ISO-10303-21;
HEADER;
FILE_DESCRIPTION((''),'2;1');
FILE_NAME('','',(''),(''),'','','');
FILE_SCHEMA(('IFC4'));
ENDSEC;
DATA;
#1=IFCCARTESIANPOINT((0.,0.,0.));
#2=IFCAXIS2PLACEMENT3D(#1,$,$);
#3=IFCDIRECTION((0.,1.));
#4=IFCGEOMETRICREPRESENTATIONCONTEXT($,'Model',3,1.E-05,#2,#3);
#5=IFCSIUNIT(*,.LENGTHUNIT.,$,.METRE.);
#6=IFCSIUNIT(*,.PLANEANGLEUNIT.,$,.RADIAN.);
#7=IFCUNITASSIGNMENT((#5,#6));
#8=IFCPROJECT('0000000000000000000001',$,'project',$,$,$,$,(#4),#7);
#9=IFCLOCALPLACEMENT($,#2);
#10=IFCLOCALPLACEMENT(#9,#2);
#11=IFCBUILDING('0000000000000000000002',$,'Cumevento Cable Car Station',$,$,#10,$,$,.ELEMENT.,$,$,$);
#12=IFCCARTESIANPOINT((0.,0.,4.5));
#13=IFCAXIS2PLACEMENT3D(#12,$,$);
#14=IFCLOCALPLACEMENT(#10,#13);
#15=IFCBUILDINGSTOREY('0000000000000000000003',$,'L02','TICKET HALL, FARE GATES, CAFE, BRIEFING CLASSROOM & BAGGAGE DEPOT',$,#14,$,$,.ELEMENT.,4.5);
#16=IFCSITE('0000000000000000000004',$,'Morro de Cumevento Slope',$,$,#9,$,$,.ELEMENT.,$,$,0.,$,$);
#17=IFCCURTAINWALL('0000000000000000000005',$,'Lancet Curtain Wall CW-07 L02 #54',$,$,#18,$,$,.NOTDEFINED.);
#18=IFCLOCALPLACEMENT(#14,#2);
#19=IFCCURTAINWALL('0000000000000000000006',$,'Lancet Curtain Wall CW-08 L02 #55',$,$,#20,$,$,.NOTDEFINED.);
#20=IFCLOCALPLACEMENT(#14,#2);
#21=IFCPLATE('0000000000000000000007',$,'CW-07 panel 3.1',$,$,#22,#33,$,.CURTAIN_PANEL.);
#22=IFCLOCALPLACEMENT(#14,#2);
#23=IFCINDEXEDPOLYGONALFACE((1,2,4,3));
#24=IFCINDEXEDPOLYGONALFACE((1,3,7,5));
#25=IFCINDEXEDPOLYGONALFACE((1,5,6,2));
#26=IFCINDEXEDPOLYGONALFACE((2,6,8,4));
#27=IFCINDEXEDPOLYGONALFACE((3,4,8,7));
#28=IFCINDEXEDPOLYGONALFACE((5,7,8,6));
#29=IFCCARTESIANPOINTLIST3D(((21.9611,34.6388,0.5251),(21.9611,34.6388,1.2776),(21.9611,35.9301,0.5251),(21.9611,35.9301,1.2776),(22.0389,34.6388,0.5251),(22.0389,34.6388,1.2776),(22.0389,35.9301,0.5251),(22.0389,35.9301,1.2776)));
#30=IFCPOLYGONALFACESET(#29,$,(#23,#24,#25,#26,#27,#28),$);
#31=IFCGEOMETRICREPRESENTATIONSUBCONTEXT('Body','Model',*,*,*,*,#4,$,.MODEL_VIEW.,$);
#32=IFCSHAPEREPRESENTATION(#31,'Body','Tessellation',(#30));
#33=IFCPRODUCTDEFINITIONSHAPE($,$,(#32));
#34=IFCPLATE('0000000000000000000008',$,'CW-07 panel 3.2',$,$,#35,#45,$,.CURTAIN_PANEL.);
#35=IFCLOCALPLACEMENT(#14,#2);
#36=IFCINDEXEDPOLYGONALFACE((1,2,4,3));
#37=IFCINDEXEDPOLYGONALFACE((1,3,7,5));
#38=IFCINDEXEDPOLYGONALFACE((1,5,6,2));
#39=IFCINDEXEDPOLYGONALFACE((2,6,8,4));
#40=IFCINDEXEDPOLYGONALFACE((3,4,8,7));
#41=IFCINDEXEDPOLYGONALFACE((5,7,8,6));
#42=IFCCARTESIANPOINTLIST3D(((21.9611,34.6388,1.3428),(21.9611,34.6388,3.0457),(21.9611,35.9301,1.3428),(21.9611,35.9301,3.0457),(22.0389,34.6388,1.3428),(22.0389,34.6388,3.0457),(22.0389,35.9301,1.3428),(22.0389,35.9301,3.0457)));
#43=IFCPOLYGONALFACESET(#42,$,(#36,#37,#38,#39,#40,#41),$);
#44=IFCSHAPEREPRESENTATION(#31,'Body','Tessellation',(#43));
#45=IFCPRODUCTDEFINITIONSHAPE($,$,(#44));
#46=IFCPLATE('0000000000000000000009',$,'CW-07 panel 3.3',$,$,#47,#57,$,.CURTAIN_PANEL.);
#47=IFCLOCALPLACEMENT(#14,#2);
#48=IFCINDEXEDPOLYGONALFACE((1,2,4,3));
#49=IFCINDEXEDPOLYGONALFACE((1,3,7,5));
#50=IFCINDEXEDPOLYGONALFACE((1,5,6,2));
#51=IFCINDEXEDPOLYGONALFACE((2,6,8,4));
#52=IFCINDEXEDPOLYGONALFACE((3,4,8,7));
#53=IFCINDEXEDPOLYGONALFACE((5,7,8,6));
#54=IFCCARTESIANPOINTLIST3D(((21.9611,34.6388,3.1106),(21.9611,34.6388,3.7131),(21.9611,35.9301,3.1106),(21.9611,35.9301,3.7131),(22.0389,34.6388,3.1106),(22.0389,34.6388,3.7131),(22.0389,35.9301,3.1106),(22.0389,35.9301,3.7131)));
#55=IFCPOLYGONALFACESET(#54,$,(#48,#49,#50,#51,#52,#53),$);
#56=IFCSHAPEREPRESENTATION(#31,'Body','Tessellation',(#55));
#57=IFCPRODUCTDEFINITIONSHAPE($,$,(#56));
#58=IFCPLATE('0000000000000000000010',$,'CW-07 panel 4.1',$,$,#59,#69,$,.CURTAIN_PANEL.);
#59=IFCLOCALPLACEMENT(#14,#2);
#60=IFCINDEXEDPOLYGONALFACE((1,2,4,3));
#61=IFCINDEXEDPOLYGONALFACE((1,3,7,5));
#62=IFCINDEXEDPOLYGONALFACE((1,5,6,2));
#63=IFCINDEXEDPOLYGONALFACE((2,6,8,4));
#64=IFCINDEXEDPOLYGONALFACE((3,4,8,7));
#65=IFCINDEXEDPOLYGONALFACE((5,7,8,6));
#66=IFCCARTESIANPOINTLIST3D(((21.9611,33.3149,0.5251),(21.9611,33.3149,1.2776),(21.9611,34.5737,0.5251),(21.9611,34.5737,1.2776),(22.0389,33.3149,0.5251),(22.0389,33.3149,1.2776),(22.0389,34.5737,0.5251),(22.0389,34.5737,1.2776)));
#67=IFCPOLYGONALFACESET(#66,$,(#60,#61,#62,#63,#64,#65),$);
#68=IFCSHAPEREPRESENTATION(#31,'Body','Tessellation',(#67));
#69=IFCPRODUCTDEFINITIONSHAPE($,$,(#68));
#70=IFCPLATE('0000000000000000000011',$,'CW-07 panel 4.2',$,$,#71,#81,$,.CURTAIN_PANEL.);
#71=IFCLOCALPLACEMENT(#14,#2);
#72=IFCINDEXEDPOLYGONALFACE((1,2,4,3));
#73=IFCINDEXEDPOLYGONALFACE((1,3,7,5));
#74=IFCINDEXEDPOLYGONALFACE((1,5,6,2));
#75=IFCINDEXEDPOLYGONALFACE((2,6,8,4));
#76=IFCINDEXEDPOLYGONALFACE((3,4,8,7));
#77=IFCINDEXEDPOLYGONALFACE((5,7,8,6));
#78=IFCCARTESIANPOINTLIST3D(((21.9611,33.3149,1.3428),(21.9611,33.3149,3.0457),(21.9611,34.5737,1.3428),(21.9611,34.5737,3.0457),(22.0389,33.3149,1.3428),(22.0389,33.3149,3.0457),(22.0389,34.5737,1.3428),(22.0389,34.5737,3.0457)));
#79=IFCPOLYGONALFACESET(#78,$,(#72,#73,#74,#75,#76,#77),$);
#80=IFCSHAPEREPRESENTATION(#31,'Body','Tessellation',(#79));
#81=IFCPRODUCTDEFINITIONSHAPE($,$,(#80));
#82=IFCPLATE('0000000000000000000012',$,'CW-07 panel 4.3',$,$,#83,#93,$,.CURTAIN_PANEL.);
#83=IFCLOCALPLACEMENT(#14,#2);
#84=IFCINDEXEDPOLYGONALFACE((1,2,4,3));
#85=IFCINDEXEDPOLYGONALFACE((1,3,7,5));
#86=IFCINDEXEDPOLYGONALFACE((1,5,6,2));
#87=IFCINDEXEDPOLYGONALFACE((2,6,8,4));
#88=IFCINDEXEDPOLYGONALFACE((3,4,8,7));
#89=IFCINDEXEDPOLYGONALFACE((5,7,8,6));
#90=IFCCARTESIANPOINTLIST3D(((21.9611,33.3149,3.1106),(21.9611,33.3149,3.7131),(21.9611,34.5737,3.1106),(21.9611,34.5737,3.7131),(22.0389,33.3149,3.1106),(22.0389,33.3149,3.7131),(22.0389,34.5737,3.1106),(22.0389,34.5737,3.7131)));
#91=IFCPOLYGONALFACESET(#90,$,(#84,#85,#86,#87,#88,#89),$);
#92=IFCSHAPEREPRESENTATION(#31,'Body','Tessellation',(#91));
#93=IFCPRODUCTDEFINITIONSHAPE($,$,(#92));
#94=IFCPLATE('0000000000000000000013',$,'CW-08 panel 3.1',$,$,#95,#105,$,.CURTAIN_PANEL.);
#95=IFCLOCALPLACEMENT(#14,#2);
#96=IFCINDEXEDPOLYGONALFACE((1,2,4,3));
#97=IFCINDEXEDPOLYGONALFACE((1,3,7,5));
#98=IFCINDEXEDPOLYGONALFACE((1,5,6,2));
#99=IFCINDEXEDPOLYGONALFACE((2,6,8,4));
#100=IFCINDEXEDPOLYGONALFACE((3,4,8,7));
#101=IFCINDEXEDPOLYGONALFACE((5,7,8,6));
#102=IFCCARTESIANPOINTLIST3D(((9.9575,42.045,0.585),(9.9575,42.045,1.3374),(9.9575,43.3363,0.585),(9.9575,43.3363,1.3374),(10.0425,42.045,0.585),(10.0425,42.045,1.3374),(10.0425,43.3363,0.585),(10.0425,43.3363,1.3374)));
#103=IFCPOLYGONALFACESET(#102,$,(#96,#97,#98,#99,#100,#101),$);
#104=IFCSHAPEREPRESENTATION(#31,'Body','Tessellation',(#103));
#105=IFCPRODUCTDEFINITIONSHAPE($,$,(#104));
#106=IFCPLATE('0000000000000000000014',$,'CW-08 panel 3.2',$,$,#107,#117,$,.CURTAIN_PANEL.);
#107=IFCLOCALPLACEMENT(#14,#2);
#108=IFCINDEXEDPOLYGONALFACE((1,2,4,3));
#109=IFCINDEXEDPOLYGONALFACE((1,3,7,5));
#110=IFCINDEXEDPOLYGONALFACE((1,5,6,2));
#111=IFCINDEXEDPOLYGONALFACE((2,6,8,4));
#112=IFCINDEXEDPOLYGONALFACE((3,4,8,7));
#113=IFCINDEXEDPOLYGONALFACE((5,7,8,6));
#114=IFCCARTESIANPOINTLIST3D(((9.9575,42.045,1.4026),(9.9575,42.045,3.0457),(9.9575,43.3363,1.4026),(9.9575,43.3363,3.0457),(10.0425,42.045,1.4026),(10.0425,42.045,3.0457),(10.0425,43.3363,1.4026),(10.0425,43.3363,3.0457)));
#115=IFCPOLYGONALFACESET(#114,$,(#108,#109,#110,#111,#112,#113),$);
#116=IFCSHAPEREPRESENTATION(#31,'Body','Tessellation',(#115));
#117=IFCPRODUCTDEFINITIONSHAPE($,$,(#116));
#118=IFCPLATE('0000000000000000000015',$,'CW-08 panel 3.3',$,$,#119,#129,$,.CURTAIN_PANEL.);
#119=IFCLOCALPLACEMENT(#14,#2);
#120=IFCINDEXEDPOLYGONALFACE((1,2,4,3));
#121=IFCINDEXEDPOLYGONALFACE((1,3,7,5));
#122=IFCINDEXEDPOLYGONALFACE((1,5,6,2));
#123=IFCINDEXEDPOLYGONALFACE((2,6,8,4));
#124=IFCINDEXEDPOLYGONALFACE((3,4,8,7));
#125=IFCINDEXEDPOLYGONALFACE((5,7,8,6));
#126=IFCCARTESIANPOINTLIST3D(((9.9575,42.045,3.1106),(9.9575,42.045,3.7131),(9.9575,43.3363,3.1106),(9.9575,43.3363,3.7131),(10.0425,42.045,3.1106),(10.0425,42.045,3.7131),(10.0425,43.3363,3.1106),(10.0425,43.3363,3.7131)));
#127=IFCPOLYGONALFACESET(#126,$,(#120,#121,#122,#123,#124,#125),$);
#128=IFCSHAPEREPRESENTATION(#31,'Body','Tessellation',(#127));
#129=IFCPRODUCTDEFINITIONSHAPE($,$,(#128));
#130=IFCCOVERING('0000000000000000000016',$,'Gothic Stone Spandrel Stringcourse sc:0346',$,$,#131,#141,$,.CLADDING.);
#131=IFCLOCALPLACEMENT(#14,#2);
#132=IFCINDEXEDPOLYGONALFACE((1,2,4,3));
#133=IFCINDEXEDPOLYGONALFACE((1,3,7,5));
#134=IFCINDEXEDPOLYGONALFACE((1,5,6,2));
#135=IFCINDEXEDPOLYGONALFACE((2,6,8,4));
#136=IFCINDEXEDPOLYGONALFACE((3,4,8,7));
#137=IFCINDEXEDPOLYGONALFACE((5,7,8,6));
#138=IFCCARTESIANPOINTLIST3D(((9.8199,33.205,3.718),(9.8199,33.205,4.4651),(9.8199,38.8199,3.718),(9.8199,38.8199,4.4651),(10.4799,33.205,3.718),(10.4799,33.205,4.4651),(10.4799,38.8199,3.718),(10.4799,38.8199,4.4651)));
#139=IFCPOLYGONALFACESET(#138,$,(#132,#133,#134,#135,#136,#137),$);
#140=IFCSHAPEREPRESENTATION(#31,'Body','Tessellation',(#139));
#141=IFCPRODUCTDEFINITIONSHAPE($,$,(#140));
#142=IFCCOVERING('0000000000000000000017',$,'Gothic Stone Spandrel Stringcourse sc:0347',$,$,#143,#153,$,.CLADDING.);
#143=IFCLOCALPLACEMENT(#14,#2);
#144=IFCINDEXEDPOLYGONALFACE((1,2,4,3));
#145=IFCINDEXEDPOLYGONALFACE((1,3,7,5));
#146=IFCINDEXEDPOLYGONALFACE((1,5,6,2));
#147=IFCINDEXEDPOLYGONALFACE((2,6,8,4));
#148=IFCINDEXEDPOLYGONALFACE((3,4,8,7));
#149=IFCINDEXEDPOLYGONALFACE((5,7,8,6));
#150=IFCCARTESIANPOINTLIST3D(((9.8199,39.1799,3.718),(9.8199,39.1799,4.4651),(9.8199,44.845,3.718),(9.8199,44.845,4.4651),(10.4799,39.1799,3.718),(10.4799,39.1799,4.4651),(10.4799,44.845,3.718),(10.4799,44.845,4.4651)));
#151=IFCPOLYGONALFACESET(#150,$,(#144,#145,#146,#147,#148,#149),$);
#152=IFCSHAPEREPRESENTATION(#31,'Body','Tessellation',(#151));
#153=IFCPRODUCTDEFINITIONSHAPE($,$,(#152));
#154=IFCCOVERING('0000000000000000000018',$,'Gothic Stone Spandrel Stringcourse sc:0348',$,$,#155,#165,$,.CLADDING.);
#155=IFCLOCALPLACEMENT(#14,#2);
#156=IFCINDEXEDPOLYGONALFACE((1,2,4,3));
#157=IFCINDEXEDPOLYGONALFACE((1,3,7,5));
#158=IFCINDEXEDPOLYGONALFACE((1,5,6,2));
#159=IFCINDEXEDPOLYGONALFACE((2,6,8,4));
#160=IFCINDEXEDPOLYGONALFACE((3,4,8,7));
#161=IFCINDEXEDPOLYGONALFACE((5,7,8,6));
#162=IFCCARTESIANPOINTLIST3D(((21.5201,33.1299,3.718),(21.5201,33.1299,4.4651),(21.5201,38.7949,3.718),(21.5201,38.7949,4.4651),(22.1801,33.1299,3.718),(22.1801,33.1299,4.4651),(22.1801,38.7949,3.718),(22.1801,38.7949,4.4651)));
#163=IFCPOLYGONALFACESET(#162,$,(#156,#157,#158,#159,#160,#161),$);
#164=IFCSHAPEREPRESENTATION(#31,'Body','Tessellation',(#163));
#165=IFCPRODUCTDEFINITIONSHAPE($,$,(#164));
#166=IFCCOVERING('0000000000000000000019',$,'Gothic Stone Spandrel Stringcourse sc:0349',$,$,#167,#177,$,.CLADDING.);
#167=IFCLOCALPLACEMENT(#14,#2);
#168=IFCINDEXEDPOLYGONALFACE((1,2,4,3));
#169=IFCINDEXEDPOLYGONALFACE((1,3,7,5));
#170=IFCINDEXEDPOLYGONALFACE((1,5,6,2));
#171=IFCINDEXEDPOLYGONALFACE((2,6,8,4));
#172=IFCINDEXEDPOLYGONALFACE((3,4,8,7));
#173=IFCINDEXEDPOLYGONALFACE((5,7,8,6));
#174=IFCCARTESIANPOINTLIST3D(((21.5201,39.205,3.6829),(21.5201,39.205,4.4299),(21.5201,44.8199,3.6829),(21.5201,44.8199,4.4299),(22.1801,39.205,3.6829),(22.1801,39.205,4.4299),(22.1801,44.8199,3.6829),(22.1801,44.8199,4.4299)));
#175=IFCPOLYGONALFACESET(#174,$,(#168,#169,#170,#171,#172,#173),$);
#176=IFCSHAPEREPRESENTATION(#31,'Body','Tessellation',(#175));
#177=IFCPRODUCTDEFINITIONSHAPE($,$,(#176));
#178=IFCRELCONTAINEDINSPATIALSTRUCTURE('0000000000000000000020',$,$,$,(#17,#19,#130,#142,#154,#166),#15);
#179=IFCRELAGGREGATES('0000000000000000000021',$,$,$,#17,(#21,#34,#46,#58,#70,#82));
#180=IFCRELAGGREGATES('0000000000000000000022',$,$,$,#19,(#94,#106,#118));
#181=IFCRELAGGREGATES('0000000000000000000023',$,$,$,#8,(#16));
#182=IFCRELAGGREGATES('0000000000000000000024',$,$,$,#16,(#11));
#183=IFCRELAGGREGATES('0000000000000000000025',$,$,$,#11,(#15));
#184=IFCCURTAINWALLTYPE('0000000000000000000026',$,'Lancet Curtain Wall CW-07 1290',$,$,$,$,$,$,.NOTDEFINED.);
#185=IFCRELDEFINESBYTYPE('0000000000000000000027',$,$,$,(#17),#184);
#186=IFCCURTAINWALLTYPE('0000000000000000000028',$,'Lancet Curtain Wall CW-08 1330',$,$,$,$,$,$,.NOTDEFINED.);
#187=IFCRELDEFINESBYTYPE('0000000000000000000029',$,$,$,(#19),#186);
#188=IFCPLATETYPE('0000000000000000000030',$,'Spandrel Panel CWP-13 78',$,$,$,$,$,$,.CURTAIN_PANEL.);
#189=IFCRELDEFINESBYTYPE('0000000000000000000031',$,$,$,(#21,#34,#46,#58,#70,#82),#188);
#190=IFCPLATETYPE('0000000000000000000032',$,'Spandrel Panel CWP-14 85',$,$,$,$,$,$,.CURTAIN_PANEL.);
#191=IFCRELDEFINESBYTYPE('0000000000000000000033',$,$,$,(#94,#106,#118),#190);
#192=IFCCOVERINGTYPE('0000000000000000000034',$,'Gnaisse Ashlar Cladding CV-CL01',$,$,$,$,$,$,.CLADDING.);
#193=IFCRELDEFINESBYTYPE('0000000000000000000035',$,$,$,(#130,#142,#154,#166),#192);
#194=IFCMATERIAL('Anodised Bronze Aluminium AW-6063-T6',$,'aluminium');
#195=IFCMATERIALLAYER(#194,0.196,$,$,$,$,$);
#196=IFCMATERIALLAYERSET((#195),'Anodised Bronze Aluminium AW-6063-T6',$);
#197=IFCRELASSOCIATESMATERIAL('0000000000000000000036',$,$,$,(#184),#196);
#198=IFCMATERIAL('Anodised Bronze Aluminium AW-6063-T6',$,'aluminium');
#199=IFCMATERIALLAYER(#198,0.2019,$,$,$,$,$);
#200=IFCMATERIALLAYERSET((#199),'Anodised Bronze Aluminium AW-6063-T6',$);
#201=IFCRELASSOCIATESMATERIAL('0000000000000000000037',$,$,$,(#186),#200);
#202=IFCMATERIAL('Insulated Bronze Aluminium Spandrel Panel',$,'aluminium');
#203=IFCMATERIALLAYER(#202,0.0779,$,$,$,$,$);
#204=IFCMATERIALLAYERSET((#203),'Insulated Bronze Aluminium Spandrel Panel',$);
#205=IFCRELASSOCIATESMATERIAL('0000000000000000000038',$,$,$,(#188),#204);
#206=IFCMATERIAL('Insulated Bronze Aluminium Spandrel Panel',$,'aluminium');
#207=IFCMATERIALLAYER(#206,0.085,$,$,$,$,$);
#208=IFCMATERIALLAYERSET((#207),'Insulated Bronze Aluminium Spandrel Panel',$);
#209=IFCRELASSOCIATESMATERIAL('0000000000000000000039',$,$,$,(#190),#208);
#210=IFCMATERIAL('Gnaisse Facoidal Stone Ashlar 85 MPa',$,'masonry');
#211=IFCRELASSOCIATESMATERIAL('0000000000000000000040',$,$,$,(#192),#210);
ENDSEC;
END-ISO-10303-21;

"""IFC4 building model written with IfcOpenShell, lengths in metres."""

from ifc_helpers import new_model, si_unit, direction, frame, origin, origin_2d, place, context, subcontext, project, spatial, rectangle, extrude, material, layer, layer_set, type_object, element, aggregate, save


model = new_model("IFC4")

# Units and contexts
model_context = context("Model", 3, precision=1e-05, world=origin(), true_north=direction((0.0, 1.0)))
body_context = subcontext(model_context, "Body", "Model", "MODEL_VIEW")
ifc_project = project(units=[si_unit("LENGTHUNIT", "METRE"), si_unit("PLANEANGLEUNIT", "RADIAN")], contexts=[model_context])

# Site, building, storey
site_placement = place(None, origin())
site = spatial("IfcSite", under=ifc_project, at=site_placement, Name="Morro de Cumevento Slope", CompositionType="ELEMENT", RefElevation=0.0)
building_placement = place(site_placement, origin())
building = spatial("IfcBuilding", under=site, at=building_placement, Name="Cumevento Cable Car Station", CompositionType="ELEMENT")
storey_placement = place(building_placement, frame((0.0, 0.0, 4.5)))
storey = spatial("IfcBuildingStorey", under=building, at=storey_placement, Name="L02", Description="TICKET HALL, FARE GATES, CAFE, BRIEFING CLASSROOM & BAGGAGE DEPOT", CompositionType="ELEMENT", Elevation=4.5)

# Curtain walls
ifc_material_1 = material(Name="Anodised Bronze Aluminium AW-6063-T6", Category="aluminium")
ifc_layer_1 = layer(ifc_material_1, 0.196)
ifc_layer_set_1 = layer_set([ifc_layer_1], Name="Anodised Bronze Aluminium AW-6063-T6")
curtain_wall_type_1 = type_object("IfcCurtainWallType", Name="Lancet Curtain Wall CW-07 1290", PredefinedType="NOTDEFINED", material=ifc_layer_set_1)
curtain_wall_1_placement = place(storey_placement, origin())
curtain_wall_1 = element("IfcCurtainWall", 1, at=curtain_wall_1_placement, inside=storey, type_object=curtain_wall_type_1, Name="Lancet Curtain Wall CW-07 L02 #54", PredefinedType="NOTDEFINED")
ifc_material_2 = material(Name="Anodised Bronze Aluminium AW-6063-T6", Category="aluminium")
ifc_layer_2 = layer(ifc_material_2, 0.2019)
ifc_layer_set_2 = layer_set([ifc_layer_2], Name="Anodised Bronze Aluminium AW-6063-T6")
curtain_wall_type_2 = type_object("IfcCurtainWallType", Name="Lancet Curtain Wall CW-08 1330", PredefinedType="NOTDEFINED", material=ifc_layer_set_2)
curtain_wall_2_placement = place(storey_placement, origin())
curtain_wall_2 = element("IfcCurtainWall", 2, at=curtain_wall_2_placement, inside=storey, type_object=curtain_wall_type_2, Name="Lancet Curtain Wall CW-08 L02 #55", PredefinedType="NOTDEFINED")

# Plates
ifc_material_3 = material(Name="Insulated Bronze Aluminium Spandrel Panel", Category="aluminium")
ifc_layer_3 = layer(ifc_material_3, 0.0779)
ifc_layer_set_3 = layer_set([ifc_layer_3], Name="Insulated Bronze Aluminium Spandrel Panel")
plate_type_1 = type_object("IfcPlateType", Name="Spandrel Panel CWP-13 78", PredefinedType="CURTAIN_PANEL", material=ifc_layer_set_3)
plate_1_placement = place(storey_placement, frame((22.0, 35.2844, 0.5251), z_axis=(0.0, 0.0, 1.0), x_axis=(0.0, -1.0, 0.0)))
plate_1 = element("IfcPlate", 3, at=plate_1_placement, type_object=plate_type_1, Name="CW-07 panel 3.1", PredefinedType="CURTAIN_PANEL", context=body_context, shape_type="SweptSolid", body=[
    extrude(rectangle(XDim=1.2913, YDim=0.0779, at=origin_2d()), origin(), (0.0, 0.0, 1.0), 0.7524),
])
plate_2_placement = place(storey_placement, frame((22.0, 35.2844, 1.3428), z_axis=(0.0, 0.0, 1.0), x_axis=(0.0, -1.0, 0.0)))
plate_2 = element("IfcPlate", 4, at=plate_2_placement, type_object=plate_type_1, Name="CW-07 panel 3.2", PredefinedType="CURTAIN_PANEL", context=body_context, shape_type="SweptSolid", body=[
    extrude(rectangle(XDim=1.2913, YDim=0.0779, at=origin_2d()), origin(), (0.0, 0.0, 1.0), 1.7029),
])
plate_3_placement = place(storey_placement, frame((22.0, 35.2844, 3.1106), z_axis=(0.0, 0.0, 1.0), x_axis=(0.0, -1.0, 0.0)))
plate_3 = element("IfcPlate", 5, at=plate_3_placement, type_object=plate_type_1, Name="CW-07 panel 3.3", PredefinedType="CURTAIN_PANEL", context=body_context, shape_type="SweptSolid", body=[
    extrude(rectangle(XDim=1.2913, YDim=0.0779, at=origin_2d()), origin(), (0.0, 0.0, 1.0), 0.6025),
])
plate_4_placement = place(storey_placement, frame((22.0, 33.9443, 0.5251), z_axis=(0.0, 0.0, 1.0), x_axis=(0.0, -1.0, 0.0)))
plate_4 = element("IfcPlate", 6, at=plate_4_placement, type_object=plate_type_1, Name="CW-07 panel 4.1", PredefinedType="CURTAIN_PANEL", context=body_context, shape_type="SweptSolid", body=[
    extrude(rectangle(XDim=1.2588, YDim=0.0779, at=origin_2d()), origin(), (0.0, 0.0, 1.0), 0.7524),
])
plate_5_placement = place(storey_placement, frame((22.0, 33.9443, 1.3428), z_axis=(0.0, 0.0, 1.0), x_axis=(0.0, -1.0, 0.0)))
plate_5 = element("IfcPlate", 7, at=plate_5_placement, type_object=plate_type_1, Name="CW-07 panel 4.2", PredefinedType="CURTAIN_PANEL", context=body_context, shape_type="SweptSolid", body=[
    extrude(rectangle(XDim=1.2588, YDim=0.0779, at=origin_2d()), origin(), (0.0, 0.0, 1.0), 1.7029),
])
plate_6_placement = place(storey_placement, frame((22.0, 33.9443, 3.1106), z_axis=(0.0, 0.0, 1.0), x_axis=(0.0, -1.0, 0.0)))
plate_6 = element("IfcPlate", 8, at=plate_6_placement, type_object=plate_type_1, Name="CW-07 panel 4.3", PredefinedType="CURTAIN_PANEL", context=body_context, shape_type="SweptSolid", body=[
    extrude(rectangle(XDim=1.2588, YDim=0.0779, at=origin_2d()), origin(), (0.0, 0.0, 1.0), 0.6025),
])
aggregate(curtain_wall_1, [plate_1, plate_2, plate_3, plate_4, plate_5, plate_6])
ifc_material_4 = material(Name="Insulated Bronze Aluminium Spandrel Panel", Category="aluminium")
ifc_layer_4 = layer(ifc_material_4, 0.085)
ifc_layer_set_4 = layer_set([ifc_layer_4], Name="Insulated Bronze Aluminium Spandrel Panel")
plate_type_2 = type_object("IfcPlateType", Name="Spandrel Panel CWP-14 85", PredefinedType="CURTAIN_PANEL", material=ifc_layer_set_4)
plate_7_placement = place(storey_placement, frame((10.0, 42.6907, 0.585), z_axis=(0.0, 0.0, 1.0), x_axis=(0.0, 1.0, 0.0)))
plate_7 = element("IfcPlate", 9, at=plate_7_placement, type_object=plate_type_2, Name="CW-08 panel 3.1", PredefinedType="CURTAIN_PANEL", context=body_context, shape_type="SweptSolid", body=[
    extrude(rectangle(XDim=1.2913, YDim=0.085, at=origin_2d()), origin(), (0.0, 0.0, 1.0), 0.7524),
])
plate_8_placement = place(storey_placement, frame((10.0, 42.6907, 1.4026), z_axis=(0.0, 0.0, 1.0), x_axis=(0.0, 1.0, 0.0)))
plate_8 = element("IfcPlate", 10, at=plate_8_placement, type_object=plate_type_2, Name="CW-08 panel 3.2", PredefinedType="CURTAIN_PANEL", context=body_context, shape_type="SweptSolid", body=[
    extrude(rectangle(XDim=1.2913, YDim=0.085, at=origin_2d()), origin(), (0.0, 0.0, 1.0), 1.6431),
])
plate_9_placement = place(storey_placement, frame((10.0, 42.6907, 3.1106), z_axis=(0.0, 0.0, 1.0), x_axis=(0.0, 1.0, 0.0)))
plate_9 = element("IfcPlate", 11, at=plate_9_placement, type_object=plate_type_2, Name="CW-08 panel 3.3", PredefinedType="CURTAIN_PANEL", context=body_context, shape_type="SweptSolid", body=[
    extrude(rectangle(XDim=1.2913, YDim=0.085, at=origin_2d()), origin(), (0.0, 0.0, 1.0), 0.6025),
])
aggregate(curtain_wall_2, [plate_7, plate_8, plate_9])

# Coverings
ifc_material_5 = material(Name="Gnaisse Facoidal Stone Ashlar 85 MPa", Category="masonry")
covering_type = type_object("IfcCoveringType", Name="Gnaisse Ashlar Cladding CV-CL01", PredefinedType="CLADDING", material=ifc_material_5)
covering_1_placement = place(storey_placement, frame((10.1499, 36.0125, 3.718), z_axis=(0.0, 0.0, 1.0), x_axis=(0.0, 1.0, 0.0)))
element("IfcCovering", 12, at=covering_1_placement, inside=storey, type_object=covering_type, Name="Gothic Stone Spandrel Stringcourse sc:0346", PredefinedType="CLADDING", context=body_context, shape_type="SweptSolid", body=[
    extrude(rectangle(XDim=5.615, YDim=0.6599, at=origin_2d()), origin(), (0.0, 0.0, 1.0), 0.7471),
])
for number, where, z_axis, x_axis, name in (
    (13, (10.1499, 42.0125, 3.718), (0.0, 0.0, 1.0), (0.0, 1.0, 0.0), "Gothic Stone Spandrel Stringcourse sc:0347"),
    (14, (21.8501, 35.9624, 3.718), (0.0, 0.0, 1.0), (0.0, -1.0, 0.0), "Gothic Stone Spandrel Stringcourse sc:0348"),
):
    element("IfcCovering", number, at=place(storey_placement, frame(where, z_axis=z_axis, x_axis=x_axis)), inside=storey, type_object=covering_type, Name=name, PredefinedType="CLADDING", context=body_context, shape_type="SweptSolid", body=[
        extrude(rectangle(XDim=5.665, YDim=0.6599, at=origin_2d()), origin(), (0.0, 0.0, 1.0), 0.7471),
    ])
covering_2_placement = place(storey_placement, frame((21.8501, 42.0125, 3.6829), z_axis=(0.0, 0.0, 1.0), x_axis=(0.0, -1.0, 0.0)))
element("IfcCovering", 15, at=covering_2_placement, inside=storey, type_object=covering_type, Name="Gothic Stone Spandrel Stringcourse sc:0349", PredefinedType="CLADDING", context=body_context, shape_type="SweptSolid", body=[
    extrude(rectangle(XDim=5.615, YDim=0.6599, at=origin_2d()), origin(), (0.0, 0.0, 1.0), 0.7471),
])

save(model, "model.ifc")
